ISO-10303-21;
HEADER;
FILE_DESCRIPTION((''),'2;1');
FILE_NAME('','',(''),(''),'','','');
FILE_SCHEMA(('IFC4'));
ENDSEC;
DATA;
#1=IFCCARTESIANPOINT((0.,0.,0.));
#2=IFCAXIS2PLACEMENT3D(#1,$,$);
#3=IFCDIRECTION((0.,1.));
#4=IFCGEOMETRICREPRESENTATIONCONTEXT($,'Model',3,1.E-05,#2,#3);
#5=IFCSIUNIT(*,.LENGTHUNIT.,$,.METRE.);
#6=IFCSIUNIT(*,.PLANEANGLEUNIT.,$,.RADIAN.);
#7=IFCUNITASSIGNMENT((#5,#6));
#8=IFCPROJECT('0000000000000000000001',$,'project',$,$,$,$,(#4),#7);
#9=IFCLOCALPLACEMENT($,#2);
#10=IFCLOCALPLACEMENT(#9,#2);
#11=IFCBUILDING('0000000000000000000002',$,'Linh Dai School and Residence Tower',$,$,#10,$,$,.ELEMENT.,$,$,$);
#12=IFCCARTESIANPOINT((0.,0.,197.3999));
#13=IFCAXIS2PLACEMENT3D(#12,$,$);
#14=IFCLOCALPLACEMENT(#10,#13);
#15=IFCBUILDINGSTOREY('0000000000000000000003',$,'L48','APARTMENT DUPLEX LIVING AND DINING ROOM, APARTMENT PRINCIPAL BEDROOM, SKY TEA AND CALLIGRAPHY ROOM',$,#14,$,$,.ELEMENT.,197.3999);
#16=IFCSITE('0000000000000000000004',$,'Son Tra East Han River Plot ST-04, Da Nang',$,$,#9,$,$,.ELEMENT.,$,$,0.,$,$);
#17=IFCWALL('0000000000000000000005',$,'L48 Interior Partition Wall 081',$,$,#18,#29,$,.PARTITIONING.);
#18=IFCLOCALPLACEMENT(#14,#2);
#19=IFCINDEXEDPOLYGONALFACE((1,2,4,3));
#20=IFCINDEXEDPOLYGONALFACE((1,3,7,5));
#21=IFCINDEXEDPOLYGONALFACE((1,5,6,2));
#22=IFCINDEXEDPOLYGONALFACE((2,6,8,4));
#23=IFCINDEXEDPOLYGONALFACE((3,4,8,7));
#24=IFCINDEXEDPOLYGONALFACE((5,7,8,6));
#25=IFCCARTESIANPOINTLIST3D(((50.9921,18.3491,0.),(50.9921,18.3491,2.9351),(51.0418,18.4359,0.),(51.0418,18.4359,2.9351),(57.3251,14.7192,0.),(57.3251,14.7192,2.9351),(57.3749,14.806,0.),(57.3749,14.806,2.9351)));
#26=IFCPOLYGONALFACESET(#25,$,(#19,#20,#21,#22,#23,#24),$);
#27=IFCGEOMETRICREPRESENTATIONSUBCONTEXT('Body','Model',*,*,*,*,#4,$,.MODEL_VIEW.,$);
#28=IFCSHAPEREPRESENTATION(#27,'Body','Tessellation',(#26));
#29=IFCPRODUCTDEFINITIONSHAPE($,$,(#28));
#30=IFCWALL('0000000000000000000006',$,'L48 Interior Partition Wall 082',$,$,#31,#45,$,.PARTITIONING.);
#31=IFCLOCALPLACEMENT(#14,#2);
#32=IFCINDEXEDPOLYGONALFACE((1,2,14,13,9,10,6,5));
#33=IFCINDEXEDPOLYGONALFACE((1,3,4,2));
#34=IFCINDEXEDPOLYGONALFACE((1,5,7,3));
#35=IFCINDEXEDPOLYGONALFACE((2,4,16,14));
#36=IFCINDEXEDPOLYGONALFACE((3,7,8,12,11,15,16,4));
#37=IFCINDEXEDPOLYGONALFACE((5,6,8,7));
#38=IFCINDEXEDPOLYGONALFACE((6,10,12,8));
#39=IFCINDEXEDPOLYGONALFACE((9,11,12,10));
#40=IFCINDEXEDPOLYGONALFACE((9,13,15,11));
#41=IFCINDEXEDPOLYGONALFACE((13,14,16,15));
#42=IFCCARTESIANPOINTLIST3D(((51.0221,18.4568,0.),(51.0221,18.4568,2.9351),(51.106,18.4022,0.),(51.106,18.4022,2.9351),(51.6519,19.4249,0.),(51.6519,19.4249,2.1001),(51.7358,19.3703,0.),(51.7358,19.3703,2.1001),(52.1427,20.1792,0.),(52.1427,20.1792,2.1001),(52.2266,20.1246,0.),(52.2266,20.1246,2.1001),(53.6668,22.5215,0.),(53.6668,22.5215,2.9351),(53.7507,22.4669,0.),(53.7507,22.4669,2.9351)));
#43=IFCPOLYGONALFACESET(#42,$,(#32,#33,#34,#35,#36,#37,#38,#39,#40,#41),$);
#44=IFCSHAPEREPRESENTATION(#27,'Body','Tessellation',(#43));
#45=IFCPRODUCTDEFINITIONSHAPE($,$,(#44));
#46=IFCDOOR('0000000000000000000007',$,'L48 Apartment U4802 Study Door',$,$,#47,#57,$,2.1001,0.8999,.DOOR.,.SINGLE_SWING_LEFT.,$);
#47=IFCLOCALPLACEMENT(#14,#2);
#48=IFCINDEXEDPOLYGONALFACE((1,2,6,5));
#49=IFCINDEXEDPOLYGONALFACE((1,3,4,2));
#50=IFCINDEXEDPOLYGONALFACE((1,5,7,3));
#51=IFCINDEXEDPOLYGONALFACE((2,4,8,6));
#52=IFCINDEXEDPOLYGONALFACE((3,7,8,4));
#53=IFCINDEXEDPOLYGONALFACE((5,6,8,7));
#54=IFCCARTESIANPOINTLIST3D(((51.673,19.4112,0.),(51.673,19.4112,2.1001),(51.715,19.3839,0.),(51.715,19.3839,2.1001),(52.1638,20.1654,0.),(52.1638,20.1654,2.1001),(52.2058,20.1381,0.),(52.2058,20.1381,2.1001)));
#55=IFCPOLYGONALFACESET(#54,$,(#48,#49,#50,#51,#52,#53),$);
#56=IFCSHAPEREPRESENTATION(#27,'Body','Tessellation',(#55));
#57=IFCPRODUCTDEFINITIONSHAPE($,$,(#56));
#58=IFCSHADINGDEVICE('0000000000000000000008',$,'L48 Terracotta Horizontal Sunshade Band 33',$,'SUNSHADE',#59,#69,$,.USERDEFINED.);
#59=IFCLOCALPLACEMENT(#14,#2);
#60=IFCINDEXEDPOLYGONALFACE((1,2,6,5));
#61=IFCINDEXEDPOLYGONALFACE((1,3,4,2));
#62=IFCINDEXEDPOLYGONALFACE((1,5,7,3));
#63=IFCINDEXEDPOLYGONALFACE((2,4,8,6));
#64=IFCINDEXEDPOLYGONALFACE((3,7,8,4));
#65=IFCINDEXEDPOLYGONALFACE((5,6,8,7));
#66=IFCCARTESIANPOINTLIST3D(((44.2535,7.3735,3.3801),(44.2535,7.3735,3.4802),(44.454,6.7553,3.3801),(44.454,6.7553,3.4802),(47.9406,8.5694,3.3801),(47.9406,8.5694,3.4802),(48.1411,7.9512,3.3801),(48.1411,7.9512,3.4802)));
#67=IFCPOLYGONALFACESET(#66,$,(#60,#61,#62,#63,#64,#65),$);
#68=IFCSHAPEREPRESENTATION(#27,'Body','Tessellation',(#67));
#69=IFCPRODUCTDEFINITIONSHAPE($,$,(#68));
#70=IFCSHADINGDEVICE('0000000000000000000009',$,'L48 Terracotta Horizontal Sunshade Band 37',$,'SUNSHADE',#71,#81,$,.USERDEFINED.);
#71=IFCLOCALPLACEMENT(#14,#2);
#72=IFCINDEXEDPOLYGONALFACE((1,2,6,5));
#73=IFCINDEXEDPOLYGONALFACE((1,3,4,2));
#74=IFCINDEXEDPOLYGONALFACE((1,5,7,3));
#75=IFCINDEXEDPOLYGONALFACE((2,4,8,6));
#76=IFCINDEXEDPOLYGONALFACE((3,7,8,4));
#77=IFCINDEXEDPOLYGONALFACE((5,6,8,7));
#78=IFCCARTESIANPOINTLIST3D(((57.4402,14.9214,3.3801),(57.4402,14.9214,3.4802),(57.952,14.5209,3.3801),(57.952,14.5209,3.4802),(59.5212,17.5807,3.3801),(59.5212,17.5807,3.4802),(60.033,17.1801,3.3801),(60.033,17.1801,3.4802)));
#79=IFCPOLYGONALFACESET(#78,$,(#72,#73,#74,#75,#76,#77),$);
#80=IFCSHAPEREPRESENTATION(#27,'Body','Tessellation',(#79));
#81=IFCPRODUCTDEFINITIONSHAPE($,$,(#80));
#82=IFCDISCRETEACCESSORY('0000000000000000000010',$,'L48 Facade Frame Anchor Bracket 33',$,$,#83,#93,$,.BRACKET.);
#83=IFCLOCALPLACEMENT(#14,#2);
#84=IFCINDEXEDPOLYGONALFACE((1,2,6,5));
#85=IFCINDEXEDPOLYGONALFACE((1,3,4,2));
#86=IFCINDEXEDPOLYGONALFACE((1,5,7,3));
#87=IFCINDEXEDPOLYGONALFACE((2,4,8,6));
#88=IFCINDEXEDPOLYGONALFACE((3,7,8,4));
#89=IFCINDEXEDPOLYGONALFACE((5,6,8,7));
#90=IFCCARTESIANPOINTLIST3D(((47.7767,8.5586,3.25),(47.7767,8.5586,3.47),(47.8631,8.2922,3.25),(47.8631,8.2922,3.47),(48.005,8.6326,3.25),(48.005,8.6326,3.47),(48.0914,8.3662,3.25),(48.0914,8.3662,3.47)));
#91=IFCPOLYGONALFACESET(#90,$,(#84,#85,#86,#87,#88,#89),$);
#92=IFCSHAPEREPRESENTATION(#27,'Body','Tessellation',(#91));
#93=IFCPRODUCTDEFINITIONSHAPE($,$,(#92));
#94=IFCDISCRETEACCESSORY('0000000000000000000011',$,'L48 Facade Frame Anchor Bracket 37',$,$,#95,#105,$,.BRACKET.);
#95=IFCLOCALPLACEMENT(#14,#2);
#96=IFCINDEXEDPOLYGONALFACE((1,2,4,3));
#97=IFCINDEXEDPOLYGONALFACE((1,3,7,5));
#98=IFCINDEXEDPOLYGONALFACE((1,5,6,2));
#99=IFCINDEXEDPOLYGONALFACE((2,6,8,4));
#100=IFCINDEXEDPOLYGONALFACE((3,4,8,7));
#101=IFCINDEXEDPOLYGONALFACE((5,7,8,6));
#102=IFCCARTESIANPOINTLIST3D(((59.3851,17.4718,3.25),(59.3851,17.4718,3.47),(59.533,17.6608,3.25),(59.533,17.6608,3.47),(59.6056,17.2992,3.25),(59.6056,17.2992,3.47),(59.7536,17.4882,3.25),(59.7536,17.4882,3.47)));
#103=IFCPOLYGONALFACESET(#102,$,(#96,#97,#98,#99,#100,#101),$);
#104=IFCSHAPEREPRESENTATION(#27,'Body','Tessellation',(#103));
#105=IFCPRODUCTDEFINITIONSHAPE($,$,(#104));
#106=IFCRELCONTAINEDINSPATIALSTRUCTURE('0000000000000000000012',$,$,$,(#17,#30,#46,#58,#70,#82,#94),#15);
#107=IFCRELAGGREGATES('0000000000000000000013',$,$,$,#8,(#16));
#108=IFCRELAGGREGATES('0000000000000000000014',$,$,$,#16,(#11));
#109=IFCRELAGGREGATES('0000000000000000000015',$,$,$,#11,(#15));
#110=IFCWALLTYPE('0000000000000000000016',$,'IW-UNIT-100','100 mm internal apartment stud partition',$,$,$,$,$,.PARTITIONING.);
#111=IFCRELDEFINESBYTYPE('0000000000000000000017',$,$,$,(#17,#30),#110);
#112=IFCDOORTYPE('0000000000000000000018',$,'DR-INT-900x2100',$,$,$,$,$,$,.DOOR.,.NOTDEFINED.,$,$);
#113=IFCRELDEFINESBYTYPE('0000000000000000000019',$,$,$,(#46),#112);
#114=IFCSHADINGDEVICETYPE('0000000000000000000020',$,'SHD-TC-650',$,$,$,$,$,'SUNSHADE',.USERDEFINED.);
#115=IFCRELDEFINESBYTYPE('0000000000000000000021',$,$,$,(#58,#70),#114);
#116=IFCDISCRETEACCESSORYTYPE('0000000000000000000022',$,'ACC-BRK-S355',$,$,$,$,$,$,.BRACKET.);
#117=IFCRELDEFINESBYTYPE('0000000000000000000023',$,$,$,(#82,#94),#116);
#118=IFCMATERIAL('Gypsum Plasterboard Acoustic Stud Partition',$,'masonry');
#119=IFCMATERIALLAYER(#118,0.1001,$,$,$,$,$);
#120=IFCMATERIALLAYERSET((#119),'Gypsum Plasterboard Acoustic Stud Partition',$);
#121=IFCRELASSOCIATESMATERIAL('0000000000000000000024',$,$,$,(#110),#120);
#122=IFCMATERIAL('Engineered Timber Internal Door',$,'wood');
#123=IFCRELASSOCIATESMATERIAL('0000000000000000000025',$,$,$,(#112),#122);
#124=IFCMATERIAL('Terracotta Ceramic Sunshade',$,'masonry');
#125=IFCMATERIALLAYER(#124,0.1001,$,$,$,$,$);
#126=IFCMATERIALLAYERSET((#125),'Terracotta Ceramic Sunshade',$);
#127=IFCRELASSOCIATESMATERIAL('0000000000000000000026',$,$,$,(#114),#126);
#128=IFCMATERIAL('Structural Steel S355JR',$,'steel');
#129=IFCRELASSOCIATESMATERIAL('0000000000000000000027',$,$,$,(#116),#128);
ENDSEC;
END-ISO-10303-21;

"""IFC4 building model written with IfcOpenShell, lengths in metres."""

from ifc_helpers import new_model, si_unit, direction, frame, frame_2d, origin, origin_2d, place, context, subcontext, project, spatial, rectangle, extrude, source, transform, mapped, material, layer, layer_set, type_object, element, fill, save


model = new_model("IFC4")

# Units and contexts
model_context = context("Model", 3, precision=1e-05, world=origin(), true_north=direction((0.0, 1.0)))
body_context = subcontext(model_context, "Body", "Model", "MODEL_VIEW")
ifc_project = project(units=[si_unit("LENGTHUNIT", "METRE"), si_unit("PLANEANGLEUNIT", "RADIAN")], contexts=[model_context])

# Site, building, storey
site_placement = place(None, origin())
site = spatial("IfcSite", under=ifc_project, at=site_placement, Name="Son Tra East Han River Plot ST-04, Da Nang", CompositionType="ELEMENT", RefElevation=0.0)
building_placement = place(site_placement, origin())
building = spatial("IfcBuilding", under=site, at=building_placement, Name="Linh Dai School and Residence Tower", CompositionType="ELEMENT")
storey_placement = place(building_placement, frame((0.0, 0.0, 197.3999)))
storey = spatial("IfcBuildingStorey", under=building, at=storey_placement, Name="L48", Description="APARTMENT DUPLEX LIVING AND DINING ROOM, APARTMENT PRINCIPAL BEDROOM, SKY TEA AND CALLIGRAPHY ROOM", CompositionType="ELEMENT", Elevation=197.3999)

# Shared definitions
ifc_material_1 = material(Name="Structural Steel S355JR", Category="steel")

# Shared definitions
ifc_material_2 = material(Name="Gypsum Plasterboard Acoustic Stud Partition", Category="masonry")
ifc_layer_1 = layer(ifc_material_2, 0.1001)
ifc_layer_set_1 = layer_set([ifc_layer_1], Name="Gypsum Plasterboard Acoustic Stud Partition")
wall_type_1 = type_object("IfcWallType", Name="IW-UNIT-100", Description="100 mm internal apartment stud partition", PredefinedType="PARTITIONING", material=ifc_layer_set_1)
ifc_material_3 = material(Name="Engineered Timber Internal Door", Category="wood")
door_type = type_object("IfcDoorType", Name="DR-INT-900x2100", OperationType="NOTDEFINED", PredefinedType="DOOR", material=ifc_material_3)
shared_shape_1 = source(origin(), body_context, "Body", "SweptSolid", [
    extrude(rectangle(XDim=0.8999, YDim=2.1001, at=origin_2d()), frame((0.45, 0.0249, 1.05), z_axis=(0.0, -1.0, 0.0), x_axis=(1.0, 0.0, 0.0)), (0.0, 0.0, 1.0), 0.05),
])

# Wall
wall_1_placement = place(storey_placement, frame((51.0168, 18.3926, 0.0), z_axis=(0.0, 0.0, 1.0), x_axis=(0.867592, -0.497277, 0.0)))
element("IfcWall", 1, at=wall_1_placement, inside=storey, type_object=wall_type_1, Name="L48 Interior Partition Wall 081", PredefinedType="PARTITIONING", context=body_context, shape_type="SweptSolid", body=[
    extrude(rectangle(XDim=7.2996, YDim=0.1001, at=frame_2d((3.6499, 0.0))), origin(), (0.0, 0.0, 1.0), 2.9351),
])

# Wall, opening, door
wall_2_placement = place(storey_placement, frame((51.064, 18.4294, 0.0), z_axis=(0.0, 0.0, 1.0), x_axis=(0.545383, 0.838187, 0.0)))
wall_2 = element("IfcWall", 2, at=wall_2_placement, inside=storey, type_object=wall_type_1, Name="L48 Interior Partition Wall 082", PredefinedType="PARTITIONING", context=body_context, shape_type="SweptSolid", body=[
    extrude(rectangle(XDim=4.8494, YDim=0.1001, at=frame_2d((2.4248, 0.0))), origin(), (0.0, 0.0, 1.0), 2.9351),
])
opening_1_placement = place(wall_2_placement, frame((1.155, 0.0, 0.0)))
opening_1 = element("IfcOpeningElement", 3, at=opening_1_placement, cuts=wall_2, PredefinedType="OPENING", context=body_context, shape_type="SweptSolid", body=[
    extrude(rectangle(XDim=0.8999, YDim=2.1001, at=origin_2d()), frame((0.45, 0.0601, 1.05), z_axis=(0.0, -1.0, 0.0), x_axis=(1.0, 0.0, 0.0)), (0.0, 0.0, 1.0), 0.1201),
])
door_1_placement = place(opening_1_placement, origin())
door_1 = element("IfcDoor", 4, at=door_1_placement, inside=storey, type_object=door_type, Name="L48 Apartment U4802 Study Door", OperationType="SINGLE_SWING_LEFT", OverallHeight=2.1001, OverallWidth=0.8999, PredefinedType="DOOR", context=body_context, shape_type="MappedRepresentation", body=[
    mapped(shared_shape_1, transform((0.0, 0.0, 0.0), x_axis=(1.0, 0.0, 0.0), y_axis=(0.0, 1.0, 0.0), z_axis=(0.0, 0.0, 1.0), scale=1.0)),
])
fill(opening_1, door_1)

# Shading devices
ifc_material_4 = material(Name="Terracotta Ceramic Sunshade", Category="masonry")
ifc_layer_2 = layer(ifc_material_4, 0.1001)
ifc_layer_set_2 = layer_set([ifc_layer_2], Name="Terracotta Ceramic Sunshade")
shading_device_type = type_object("IfcShadingDeviceType", Name="SHD-TC-650", ElementType="SUNSHADE", PredefinedType="USERDEFINED", material=ifc_layer_set_2)
shared_shape_2 = source(origin(), body_context, "Body", "SweptSolid", [
    extrude(rectangle(XDim=3.8762, YDim=0.6499, at=origin_2d()), origin(), (0.0, 0.0, 1.0), 0.1001),
])
shading_device_1_placement = place(storey_placement, frame((46.1973, 7.6624, 3.3801), z_axis=(0.0, 0.0, 1.0), x_axis=(-0.951213, -0.308536, 0.0)))
element("IfcShadingDevice", 5, at=shading_device_1_placement, inside=storey, type_object=shading_device_type, Name="L48 Terracotta Horizontal Sunshade Band 33", ObjectType="SUNSHADE", PredefinedType="USERDEFINED", context=body_context, shape_type="MappedRepresentation", body=[
    mapped(shared_shape_2, transform((0.0, 0.0, 0.0), x_axis=(1.0, 0.0, 0.0), y_axis=(0.0, 1.0, 0.0), z_axis=(0.0, 0.0, 1.0), scale=1.0)),
])
shared_shape_3 = source(origin(), body_context, "Body", "SweptSolid", [
    extrude(rectangle(XDim=3.3767, YDim=0.6499, at=origin_2d()), origin(), (0.0, 0.0, 1.0), 0.1001),
])
shading_device_2_placement = place(storey_placement, frame((58.7366, 16.0508, 3.3801), z_axis=(0.0, 0.0, 1.0), x_axis=(-0.616286, -0.787522, 0.0)))
element("IfcShadingDevice", 6, at=shading_device_2_placement, inside=storey, type_object=shading_device_type, Name="L48 Terracotta Horizontal Sunshade Band 37", ObjectType="SUNSHADE", PredefinedType="USERDEFINED", context=body_context, shape_type="MappedRepresentation", body=[
    mapped(shared_shape_3, transform((0.0, 0.0, 0.0), x_axis=(1.0, 0.0, 0.0), y_axis=(0.0, 1.0, 0.0), z_axis=(0.0, 0.0, 1.0), scale=1.0)),
])

# Discrete accessories
discrete_accessory_type = type_object("IfcDiscreteAccessoryType", Name="ACC-BRK-S355", PredefinedType="BRACKET", material=ifc_material_1)
shared_shape_4 = source(origin(), body_context, "Body", "SweptSolid", [
    extrude(rectangle(XDim=0.28, YDim=0.24, at=origin_2d()), origin(), (0.0, 0.0, 1.0), 0.22),
])
for number, where, z_axis, x_axis, name in (
    (7, (47.9341, 8.4624, 3.25), (0.0, 0.0, 1.0), (0.308536, -0.951213, 0.0), "L48 Facade Frame Anchor Bracket 33"),
    (8, (59.5693, 17.48, 3.25), (0.0, 0.0, 1.0), (0.787522, -0.616286, 0.0), "L48 Facade Frame Anchor Bracket 37"),
):
    element("IfcDiscreteAccessory", number, at=place(storey_placement, frame(where, z_axis=z_axis, x_axis=x_axis)), inside=storey, type_object=discrete_accessory_type, Name=name, PredefinedType="BRACKET", context=body_context, shape_type="MappedRepresentation", body=[
        mapped(shared_shape_4, transform((0.0, 0.0, 0.0), x_axis=(1.0, 0.0, 0.0), y_axis=(0.0, 1.0, 0.0), z_axis=(0.0, 0.0, 1.0), scale=1.0)),
    ])

save(model, "model.ifc")
